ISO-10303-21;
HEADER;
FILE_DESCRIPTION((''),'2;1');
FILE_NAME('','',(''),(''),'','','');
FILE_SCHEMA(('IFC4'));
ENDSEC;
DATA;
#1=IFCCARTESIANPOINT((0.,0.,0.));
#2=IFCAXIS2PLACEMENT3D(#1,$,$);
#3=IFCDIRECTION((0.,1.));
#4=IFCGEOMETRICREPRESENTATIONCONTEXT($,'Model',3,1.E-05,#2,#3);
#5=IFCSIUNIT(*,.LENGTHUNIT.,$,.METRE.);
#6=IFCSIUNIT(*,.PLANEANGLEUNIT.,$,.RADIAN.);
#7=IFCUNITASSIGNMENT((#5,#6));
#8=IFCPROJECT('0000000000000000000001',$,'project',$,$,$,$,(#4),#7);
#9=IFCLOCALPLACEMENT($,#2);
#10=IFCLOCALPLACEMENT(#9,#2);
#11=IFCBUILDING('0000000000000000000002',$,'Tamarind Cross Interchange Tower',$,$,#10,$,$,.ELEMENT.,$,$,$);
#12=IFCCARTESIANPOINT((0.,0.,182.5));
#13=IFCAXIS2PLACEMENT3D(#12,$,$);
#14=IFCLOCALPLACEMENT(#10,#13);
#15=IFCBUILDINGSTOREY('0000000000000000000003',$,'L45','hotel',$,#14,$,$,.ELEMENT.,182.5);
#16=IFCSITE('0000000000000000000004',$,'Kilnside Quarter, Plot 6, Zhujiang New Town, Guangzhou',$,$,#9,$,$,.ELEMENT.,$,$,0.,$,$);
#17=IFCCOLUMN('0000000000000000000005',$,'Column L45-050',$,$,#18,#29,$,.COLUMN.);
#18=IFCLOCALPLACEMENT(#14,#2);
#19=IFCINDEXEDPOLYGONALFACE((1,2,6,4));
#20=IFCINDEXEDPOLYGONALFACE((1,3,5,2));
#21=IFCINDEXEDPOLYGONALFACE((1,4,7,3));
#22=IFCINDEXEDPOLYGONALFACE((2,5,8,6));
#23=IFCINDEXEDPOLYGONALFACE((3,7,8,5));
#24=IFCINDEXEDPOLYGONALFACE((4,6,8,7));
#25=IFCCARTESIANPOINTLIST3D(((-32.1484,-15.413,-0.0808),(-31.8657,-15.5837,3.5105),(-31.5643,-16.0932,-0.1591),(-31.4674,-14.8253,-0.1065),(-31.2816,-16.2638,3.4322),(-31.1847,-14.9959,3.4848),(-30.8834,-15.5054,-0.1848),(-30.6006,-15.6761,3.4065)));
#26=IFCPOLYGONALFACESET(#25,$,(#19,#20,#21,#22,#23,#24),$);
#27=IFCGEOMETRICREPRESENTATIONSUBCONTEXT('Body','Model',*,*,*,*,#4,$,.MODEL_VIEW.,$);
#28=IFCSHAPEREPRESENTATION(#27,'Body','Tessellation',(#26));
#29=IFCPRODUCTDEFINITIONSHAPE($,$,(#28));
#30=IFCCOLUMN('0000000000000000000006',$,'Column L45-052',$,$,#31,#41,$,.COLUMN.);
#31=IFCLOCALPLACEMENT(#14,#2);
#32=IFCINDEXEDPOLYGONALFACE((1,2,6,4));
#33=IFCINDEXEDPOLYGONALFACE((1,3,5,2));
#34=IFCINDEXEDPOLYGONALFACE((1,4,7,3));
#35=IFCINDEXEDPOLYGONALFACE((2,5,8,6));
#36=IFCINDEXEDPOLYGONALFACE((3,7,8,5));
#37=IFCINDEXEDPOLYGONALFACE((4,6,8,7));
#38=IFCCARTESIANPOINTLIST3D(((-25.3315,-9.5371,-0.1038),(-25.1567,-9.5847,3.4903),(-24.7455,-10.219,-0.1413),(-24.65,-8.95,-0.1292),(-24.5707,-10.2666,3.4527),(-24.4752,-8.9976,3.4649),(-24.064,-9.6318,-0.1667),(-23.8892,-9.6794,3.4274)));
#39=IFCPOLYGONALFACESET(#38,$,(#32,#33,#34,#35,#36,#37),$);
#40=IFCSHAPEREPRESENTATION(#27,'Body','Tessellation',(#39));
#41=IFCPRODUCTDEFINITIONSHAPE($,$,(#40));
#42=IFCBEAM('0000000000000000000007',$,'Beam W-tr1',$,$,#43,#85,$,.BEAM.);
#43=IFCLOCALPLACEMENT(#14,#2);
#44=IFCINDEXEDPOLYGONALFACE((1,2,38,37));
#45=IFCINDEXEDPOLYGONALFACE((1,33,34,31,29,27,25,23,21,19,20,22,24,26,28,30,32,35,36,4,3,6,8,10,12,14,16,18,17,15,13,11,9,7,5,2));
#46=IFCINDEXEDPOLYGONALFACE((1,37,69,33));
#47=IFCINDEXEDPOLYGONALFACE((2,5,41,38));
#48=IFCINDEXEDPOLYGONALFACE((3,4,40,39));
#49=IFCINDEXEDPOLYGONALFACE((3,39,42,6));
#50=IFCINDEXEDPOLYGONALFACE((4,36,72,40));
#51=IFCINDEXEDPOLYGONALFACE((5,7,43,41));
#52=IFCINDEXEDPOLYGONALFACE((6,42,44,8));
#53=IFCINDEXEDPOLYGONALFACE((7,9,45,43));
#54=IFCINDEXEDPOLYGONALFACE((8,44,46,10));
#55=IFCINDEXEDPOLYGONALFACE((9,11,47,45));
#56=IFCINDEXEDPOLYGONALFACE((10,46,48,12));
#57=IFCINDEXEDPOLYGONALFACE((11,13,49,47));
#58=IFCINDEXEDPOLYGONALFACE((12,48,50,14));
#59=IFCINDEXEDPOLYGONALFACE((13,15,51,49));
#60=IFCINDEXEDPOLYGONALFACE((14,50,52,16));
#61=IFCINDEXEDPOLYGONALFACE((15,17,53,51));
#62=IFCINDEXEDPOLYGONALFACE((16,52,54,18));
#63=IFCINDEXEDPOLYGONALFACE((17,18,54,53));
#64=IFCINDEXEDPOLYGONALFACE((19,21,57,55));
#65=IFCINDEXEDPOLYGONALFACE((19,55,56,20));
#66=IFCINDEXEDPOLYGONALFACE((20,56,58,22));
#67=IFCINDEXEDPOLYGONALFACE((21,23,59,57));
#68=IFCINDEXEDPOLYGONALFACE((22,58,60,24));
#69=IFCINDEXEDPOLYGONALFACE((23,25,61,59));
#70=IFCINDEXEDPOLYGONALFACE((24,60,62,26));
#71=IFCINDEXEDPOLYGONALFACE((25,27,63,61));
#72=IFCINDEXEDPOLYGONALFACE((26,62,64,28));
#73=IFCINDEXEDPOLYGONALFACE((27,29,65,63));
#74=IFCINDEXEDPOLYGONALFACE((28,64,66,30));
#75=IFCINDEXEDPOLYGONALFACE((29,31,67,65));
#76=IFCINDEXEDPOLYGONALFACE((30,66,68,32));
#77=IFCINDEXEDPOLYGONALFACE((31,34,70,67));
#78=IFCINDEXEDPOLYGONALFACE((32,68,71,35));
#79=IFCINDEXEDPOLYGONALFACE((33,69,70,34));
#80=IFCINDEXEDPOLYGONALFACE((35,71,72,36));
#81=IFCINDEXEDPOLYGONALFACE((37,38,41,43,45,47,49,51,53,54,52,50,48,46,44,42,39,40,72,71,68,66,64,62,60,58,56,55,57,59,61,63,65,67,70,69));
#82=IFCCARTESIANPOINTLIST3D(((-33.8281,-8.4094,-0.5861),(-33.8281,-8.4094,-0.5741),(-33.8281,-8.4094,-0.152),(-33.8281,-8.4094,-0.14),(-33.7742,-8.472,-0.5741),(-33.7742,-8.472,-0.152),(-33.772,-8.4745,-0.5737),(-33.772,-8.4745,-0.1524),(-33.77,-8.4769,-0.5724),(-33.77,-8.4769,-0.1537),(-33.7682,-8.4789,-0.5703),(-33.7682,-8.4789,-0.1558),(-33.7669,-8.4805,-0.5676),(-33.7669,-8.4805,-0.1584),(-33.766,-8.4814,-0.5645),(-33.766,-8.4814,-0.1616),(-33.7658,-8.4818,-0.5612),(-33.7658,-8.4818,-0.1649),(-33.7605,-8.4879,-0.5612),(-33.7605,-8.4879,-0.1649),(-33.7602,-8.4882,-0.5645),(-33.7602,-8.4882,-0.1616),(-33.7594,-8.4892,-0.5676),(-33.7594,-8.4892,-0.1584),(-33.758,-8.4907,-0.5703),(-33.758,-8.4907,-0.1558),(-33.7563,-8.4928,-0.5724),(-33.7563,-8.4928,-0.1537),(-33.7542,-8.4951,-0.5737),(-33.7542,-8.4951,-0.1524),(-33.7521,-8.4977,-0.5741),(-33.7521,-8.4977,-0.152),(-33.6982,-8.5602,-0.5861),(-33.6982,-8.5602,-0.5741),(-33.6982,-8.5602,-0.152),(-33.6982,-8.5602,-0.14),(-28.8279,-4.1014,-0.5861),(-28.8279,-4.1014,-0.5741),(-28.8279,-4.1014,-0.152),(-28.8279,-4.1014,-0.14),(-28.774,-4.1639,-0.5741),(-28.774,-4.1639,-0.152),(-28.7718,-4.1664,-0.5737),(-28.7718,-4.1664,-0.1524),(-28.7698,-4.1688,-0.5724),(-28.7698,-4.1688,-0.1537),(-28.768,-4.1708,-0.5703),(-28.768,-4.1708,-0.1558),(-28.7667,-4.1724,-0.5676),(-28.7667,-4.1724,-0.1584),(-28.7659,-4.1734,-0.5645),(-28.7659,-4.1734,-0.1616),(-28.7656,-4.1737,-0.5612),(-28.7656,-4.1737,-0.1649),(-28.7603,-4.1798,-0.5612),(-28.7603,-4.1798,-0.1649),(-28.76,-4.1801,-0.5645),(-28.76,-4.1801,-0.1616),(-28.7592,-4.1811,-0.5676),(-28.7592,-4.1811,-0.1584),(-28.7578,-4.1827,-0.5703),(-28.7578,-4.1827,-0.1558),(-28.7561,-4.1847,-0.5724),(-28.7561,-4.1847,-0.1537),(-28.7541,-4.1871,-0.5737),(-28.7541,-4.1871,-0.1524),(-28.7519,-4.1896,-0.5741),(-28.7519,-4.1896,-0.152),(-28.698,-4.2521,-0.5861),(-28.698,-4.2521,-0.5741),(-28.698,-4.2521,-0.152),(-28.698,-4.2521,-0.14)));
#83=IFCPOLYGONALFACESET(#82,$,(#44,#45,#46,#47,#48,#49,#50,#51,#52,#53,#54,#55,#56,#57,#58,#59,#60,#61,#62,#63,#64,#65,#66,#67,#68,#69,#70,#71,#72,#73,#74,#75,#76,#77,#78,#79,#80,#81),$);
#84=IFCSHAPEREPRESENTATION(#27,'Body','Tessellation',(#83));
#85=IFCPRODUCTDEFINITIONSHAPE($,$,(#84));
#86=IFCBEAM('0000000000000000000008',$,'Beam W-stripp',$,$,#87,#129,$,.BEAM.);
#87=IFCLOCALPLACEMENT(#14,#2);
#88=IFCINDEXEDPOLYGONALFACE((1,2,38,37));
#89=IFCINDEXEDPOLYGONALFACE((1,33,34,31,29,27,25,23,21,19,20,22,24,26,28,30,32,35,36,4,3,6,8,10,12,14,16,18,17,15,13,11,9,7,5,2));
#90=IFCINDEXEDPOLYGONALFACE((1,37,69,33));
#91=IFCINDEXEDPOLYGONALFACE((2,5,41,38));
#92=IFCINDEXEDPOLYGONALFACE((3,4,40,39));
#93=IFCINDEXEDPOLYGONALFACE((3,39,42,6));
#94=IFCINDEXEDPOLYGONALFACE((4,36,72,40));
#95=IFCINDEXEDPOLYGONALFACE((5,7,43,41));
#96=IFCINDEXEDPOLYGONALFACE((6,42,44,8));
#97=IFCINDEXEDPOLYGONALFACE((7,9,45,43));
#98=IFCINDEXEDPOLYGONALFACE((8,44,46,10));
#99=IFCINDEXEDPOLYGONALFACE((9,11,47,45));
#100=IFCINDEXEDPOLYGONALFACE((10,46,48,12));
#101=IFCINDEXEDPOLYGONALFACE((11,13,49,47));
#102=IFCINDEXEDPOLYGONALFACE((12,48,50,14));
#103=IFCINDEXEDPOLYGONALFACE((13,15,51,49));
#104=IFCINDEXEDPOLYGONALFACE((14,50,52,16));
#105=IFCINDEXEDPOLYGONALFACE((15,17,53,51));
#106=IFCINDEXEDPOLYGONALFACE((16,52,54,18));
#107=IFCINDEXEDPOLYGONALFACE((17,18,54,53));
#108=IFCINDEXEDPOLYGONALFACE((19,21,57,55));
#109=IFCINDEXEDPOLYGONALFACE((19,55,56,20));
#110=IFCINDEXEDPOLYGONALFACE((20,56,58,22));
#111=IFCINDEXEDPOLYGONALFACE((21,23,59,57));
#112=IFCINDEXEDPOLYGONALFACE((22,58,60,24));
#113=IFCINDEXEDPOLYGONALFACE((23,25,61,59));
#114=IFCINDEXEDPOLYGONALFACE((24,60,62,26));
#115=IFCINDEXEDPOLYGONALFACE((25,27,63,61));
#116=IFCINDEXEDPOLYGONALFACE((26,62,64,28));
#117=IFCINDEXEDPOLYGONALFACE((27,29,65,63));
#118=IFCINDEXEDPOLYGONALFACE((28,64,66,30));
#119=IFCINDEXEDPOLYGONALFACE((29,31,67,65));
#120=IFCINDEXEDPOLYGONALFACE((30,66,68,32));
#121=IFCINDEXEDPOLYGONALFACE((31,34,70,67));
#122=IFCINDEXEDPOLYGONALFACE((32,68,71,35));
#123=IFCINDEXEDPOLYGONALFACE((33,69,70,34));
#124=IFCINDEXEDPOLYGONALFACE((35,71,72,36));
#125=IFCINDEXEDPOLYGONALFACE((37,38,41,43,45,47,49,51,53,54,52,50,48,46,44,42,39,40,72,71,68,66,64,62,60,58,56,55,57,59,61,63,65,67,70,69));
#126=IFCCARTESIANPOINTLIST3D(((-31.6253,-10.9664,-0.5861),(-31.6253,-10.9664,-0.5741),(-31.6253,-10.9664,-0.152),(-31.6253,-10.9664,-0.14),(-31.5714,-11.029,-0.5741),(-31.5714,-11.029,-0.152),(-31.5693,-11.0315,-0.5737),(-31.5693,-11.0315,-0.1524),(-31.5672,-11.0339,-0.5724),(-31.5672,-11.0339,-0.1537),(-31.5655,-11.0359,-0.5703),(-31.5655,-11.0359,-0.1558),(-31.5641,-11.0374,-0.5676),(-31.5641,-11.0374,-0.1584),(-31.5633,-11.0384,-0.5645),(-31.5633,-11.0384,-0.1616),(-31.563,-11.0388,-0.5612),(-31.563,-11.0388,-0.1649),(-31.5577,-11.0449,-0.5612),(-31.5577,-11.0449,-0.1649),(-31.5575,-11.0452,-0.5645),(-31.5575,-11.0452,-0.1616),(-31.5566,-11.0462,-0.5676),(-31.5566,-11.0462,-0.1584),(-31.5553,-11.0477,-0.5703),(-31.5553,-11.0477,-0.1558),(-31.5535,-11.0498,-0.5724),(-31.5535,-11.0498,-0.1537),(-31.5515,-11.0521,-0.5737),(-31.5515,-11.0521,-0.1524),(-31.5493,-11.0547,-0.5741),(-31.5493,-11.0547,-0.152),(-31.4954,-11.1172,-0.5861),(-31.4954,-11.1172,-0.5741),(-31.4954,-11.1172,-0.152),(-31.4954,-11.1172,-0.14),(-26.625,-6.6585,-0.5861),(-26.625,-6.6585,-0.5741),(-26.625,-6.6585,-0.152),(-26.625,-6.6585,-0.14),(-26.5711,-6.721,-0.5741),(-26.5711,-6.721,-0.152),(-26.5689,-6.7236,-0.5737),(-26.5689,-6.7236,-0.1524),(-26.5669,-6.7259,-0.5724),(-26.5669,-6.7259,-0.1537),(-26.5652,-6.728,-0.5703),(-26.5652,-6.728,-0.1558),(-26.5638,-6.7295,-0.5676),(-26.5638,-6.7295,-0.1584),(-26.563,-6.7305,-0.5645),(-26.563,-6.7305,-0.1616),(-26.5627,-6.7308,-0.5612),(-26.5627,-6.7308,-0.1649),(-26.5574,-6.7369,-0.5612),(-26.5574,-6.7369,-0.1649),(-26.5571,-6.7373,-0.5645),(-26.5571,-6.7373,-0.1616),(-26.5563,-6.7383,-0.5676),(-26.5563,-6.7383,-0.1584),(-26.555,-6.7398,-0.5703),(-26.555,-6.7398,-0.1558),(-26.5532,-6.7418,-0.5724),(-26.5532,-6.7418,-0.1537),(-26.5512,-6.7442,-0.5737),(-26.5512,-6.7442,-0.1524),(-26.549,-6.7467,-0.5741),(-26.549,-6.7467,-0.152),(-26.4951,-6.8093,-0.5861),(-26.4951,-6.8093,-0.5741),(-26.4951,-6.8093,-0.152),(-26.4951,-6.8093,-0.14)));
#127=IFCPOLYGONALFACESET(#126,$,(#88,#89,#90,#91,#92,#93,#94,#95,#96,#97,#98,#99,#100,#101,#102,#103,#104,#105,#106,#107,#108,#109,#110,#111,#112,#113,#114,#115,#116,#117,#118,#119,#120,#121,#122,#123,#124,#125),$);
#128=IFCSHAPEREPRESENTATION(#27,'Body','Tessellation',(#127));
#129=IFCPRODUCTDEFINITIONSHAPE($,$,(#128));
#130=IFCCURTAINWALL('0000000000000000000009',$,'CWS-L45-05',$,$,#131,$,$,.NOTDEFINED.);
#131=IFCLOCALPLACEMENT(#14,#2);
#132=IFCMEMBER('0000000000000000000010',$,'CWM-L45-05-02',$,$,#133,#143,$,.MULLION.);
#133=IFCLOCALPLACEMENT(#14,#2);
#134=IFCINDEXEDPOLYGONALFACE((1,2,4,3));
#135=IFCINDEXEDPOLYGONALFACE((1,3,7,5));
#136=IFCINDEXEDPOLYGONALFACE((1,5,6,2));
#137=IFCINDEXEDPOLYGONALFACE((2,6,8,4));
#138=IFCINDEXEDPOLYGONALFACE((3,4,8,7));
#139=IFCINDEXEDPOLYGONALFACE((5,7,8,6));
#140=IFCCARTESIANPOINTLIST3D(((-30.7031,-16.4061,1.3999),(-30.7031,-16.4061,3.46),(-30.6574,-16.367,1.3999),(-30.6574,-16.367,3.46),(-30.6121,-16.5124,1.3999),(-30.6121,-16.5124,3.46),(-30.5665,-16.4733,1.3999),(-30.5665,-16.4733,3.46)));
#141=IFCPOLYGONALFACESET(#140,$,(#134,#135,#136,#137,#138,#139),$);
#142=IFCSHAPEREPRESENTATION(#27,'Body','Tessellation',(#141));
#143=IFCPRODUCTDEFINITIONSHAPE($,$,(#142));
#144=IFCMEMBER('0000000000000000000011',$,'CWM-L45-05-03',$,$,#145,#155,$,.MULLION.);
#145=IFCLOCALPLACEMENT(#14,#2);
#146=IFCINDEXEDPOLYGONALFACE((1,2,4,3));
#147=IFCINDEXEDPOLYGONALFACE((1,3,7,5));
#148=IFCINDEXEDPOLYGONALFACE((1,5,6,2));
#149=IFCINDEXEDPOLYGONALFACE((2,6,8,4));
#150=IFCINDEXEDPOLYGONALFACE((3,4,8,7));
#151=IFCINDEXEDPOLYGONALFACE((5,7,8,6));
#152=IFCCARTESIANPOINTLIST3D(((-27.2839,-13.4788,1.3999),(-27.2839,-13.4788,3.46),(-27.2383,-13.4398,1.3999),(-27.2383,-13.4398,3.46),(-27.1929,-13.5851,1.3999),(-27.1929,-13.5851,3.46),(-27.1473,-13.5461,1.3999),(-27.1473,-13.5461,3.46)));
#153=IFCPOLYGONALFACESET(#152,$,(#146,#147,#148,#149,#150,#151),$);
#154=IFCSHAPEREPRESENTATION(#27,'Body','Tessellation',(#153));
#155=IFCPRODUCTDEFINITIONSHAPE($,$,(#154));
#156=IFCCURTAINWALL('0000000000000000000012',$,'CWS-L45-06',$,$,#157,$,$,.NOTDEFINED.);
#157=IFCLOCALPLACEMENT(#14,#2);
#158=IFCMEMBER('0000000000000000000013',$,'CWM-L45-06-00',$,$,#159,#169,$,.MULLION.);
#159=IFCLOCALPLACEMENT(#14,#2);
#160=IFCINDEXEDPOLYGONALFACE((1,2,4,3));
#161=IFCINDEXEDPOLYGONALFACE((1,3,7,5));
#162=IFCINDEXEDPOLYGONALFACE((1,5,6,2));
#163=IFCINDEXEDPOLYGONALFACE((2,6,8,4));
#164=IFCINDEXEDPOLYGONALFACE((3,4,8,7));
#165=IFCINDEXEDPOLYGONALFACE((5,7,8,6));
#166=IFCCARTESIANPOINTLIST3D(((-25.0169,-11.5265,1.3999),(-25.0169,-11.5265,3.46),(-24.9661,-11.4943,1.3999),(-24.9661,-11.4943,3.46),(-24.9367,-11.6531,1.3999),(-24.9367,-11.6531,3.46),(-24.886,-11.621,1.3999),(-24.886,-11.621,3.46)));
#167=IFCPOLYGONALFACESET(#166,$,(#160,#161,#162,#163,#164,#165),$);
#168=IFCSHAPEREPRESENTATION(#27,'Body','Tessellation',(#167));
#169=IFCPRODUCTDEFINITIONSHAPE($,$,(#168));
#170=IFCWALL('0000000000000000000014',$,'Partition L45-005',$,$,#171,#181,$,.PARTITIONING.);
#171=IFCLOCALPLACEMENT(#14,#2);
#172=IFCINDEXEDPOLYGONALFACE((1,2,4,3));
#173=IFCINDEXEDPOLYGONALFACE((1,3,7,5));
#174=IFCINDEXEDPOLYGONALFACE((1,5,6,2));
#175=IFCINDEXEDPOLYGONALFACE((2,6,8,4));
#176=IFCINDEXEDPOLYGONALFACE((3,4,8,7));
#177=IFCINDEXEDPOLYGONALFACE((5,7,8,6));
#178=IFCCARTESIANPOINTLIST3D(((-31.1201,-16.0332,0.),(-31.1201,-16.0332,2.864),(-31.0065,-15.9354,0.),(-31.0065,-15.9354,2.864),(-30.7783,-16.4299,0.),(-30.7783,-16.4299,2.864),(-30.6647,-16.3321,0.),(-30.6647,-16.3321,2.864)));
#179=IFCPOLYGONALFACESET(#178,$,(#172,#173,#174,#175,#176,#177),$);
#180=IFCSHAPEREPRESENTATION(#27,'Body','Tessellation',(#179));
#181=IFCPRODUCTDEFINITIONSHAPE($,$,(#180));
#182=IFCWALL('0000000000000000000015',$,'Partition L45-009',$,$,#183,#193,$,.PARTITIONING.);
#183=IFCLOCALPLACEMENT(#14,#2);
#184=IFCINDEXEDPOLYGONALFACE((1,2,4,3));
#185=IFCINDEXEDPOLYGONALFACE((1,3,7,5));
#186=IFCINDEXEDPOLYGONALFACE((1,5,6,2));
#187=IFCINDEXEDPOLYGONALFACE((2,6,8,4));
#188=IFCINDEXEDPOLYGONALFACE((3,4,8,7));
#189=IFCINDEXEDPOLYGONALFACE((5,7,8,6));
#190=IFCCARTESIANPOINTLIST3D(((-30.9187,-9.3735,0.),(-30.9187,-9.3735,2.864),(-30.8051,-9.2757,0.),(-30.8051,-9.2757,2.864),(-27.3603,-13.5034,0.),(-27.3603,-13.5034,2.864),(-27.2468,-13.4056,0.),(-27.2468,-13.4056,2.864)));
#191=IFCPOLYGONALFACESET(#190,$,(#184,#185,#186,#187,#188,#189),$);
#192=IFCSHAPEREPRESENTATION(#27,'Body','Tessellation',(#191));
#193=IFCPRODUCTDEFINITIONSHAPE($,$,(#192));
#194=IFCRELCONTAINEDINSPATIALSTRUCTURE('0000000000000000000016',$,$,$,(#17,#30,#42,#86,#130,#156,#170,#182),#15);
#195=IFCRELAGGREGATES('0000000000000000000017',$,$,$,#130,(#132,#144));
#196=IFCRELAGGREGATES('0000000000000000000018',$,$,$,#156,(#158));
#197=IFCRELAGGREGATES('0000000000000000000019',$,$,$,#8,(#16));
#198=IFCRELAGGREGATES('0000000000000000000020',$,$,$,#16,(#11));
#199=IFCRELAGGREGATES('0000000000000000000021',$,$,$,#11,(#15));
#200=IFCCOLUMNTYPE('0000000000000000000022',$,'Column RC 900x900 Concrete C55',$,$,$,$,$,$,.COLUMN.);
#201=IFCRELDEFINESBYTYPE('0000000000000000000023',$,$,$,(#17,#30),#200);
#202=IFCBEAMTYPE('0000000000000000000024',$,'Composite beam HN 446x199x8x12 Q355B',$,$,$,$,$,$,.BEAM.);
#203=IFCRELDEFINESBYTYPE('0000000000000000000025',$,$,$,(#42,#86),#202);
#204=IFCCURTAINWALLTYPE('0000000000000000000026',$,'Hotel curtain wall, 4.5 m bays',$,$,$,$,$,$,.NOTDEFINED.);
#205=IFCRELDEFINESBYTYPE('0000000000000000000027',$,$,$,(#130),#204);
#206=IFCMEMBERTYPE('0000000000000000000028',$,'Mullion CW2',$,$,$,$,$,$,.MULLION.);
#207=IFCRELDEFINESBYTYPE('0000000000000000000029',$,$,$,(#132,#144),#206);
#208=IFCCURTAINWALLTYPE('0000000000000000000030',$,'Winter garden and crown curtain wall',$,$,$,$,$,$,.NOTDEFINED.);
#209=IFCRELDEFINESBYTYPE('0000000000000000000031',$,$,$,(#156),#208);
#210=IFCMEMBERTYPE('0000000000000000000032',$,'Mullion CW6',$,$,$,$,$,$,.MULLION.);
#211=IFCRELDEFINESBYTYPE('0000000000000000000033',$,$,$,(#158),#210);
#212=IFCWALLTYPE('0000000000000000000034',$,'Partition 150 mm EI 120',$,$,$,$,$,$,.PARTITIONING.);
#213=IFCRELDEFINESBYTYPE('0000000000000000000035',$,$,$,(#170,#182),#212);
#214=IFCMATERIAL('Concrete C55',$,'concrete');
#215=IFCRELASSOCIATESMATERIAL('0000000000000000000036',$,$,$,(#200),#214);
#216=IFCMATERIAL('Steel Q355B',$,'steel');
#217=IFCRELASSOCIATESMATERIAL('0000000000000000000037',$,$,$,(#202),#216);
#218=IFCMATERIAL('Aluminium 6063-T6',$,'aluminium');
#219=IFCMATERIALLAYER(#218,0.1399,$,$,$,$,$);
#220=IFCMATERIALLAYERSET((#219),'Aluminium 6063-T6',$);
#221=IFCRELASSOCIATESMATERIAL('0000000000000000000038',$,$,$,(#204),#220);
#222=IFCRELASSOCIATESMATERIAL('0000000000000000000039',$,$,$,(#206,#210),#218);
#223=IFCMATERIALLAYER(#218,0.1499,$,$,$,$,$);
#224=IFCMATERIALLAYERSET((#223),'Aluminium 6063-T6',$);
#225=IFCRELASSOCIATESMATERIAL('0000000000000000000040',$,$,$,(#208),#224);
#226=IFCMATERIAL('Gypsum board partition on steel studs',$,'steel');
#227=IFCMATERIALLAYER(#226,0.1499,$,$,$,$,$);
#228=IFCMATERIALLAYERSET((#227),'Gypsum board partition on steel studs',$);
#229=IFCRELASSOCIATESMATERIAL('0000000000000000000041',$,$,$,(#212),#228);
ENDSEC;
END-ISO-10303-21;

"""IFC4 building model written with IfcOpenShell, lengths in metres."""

from ifc_helpers import new_model, si_unit, direction, frame, frame_2d, origin, origin_2d, place, context, subcontext, project, spatial, rectangle, i_section, extrude, material, layer, layer_set, material_profile, profile_set, type_object, element, aggregate, save


model = new_model("IFC4")

# Units and contexts
model_context = context("Model", 3, precision=1e-05, world=origin(), true_north=direction((0.0, 1.0)))
body_context = subcontext(model_context, "Body", "Model", "MODEL_VIEW")
ifc_project = project(units=[si_unit("LENGTHUNIT", "METRE"), si_unit("PLANEANGLEUNIT", "RADIAN")], contexts=[model_context])

# Site, building, storey
site_placement = place(None, origin())
site = spatial("IfcSite", under=ifc_project, at=site_placement, Name="Kilnside Quarter, Plot 6, Zhujiang New Town, Guangzhou", CompositionType="ELEMENT", RefElevation=0.0)
building_placement = place(site_placement, origin())
building = spatial("IfcBuilding", under=site, at=building_placement, Name="Tamarind Cross Interchange Tower", CompositionType="ELEMENT")
storey_placement = place(building_placement, frame((0.0, 0.0, 182.5)))
storey = spatial("IfcBuildingStorey", under=building, at=storey_placement, Name="L45", Description="hotel", CompositionType="ELEMENT", Elevation=182.5)

# Columns
ifc_material_1 = material(Name="Concrete C55", Category="concrete")
ifc_material_profile_1 = material_profile(ifc_material_1, rectangle(XDim=0.8999, YDim=0.8999, at=origin_2d()), Name="RC 900x900")
ifc_profile_set_1 = profile_set([ifc_material_profile_1], Name="Concrete C55")
column_type = type_object("IfcColumnType", Name="Column RC 900x900 Concrete C55", PredefinedType="COLUMN", material=ifc_profile_set_1)
column_1_placement = place(storey_placement, frame((-31.5159, -15.4592, -0.1328), z_axis=(0.078391, -0.047319, 0.995799), x_axis=(-0.64901, 0.755789, 0.087005)))
element("IfcColumn", 1, at=column_1_placement, inside=storey, type_object=column_type, Name="Column L45-050", PredefinedType="COLUMN", context=body_context, shape_type="SweptSolid", body=[
    extrude(rectangle(XDim=0.8999, YDim=0.8999, at=origin_2d()), origin(), (0.0, 0.0, 1.0), 3.6064),
])
column_2_placement = place(storey_placement, frame((-24.6978, -9.5845, -0.1353), z_axis=(0.048576, -0.01323, 0.998732), x_axis=(-0.651248, 0.757718, 0.041712)))
element("IfcColumn", 2, at=column_2_placement, inside=storey, type_object=column_type, Name="Column L45-052", PredefinedType="COLUMN", context=body_context, shape_type="SweptSolid", body=[
    extrude(rectangle(XDim=0.8999, YDim=0.8999, at=origin_2d()), origin(), (0.0, 0.0, 1.0), 3.5986),
])

# Beams
ifc_material_2 = material(Name="Steel Q355B", Category="steel")
ifc_material_profile_2 = material_profile(ifc_material_2, i_section(OverallWidth=0.199, OverallDepth=0.446, WebThickness=0.0081, FlangeThickness=0.012, FilletRadius=0.0129, at=origin_2d()), Name="HN 446x199x8x12")
ifc_profile_set_2 = profile_set([ifc_material_profile_2], Name="Steel Q355B")
beam_type = type_object("IfcBeamType", Name="Composite beam HN 446x199x8x12 Q355B", PredefinedType="BEAM", material=ifc_profile_set_2)
for number, where, z_axis, x_axis, name in (
    (3, (-28.7629, -4.1768, -0.363), (-0.757593, -0.652727, 0.0), (0.652727, -0.757593, 0.0), "Beam W-tr1"),
    (4, (-26.5601, -6.7339, -0.363), (-0.757612, -0.652705, 0.0), (0.652705, -0.757612, 0.0), "Beam W-stripp"),
):
    element("IfcBeam", number, at=place(storey_placement, frame(where, z_axis=z_axis, x_axis=x_axis)), inside=storey, type_object=beam_type, Name=name, PredefinedType="BEAM", context=body_context, shape_type="SweptSolid", body=[
        extrude(i_section(OverallWidth=0.199, OverallDepth=0.446, WebThickness=0.0081, FlangeThickness=0.012, FilletRadius=0.0129, at=origin_2d()), origin(), (0.0, 0.0, 1.0), 6.6001),
    ])

# Curtain wall, members
ifc_material_3 = material(Name="Aluminium 6063-T6", Category="aluminium")
ifc_layer_1 = layer(ifc_material_3, 0.1399)
ifc_layer_set_1 = layer_set([ifc_layer_1], Name="Aluminium 6063-T6")
curtain_wall_type_1 = type_object("IfcCurtainWallType", Name="Hotel curtain wall, 4.5 m bays", PredefinedType="NOTDEFINED", material=ifc_layer_set_1)
curtain_wall_1_placement = place(storey_placement, origin())
curtain_wall_1 = element("IfcCurtainWall", 5, at=curtain_wall_1_placement, inside=storey, type_object=curtain_wall_type_1, Name="CWS-L45-05", PredefinedType="NOTDEFINED")
ifc_material_profile_3 = material_profile(ifc_material_3, rectangle(XDim=0.0601, YDim=0.1399, at=origin_2d()), Name="Mullion CW2")
ifc_profile_set_3 = profile_set([ifc_material_profile_3], Name="Aluminium 6063-T6")
member_type_1 = type_object("IfcMemberType", Name="Mullion CW2", PredefinedType="MULLION", material=ifc_profile_set_3)
member_1_placement = place(storey_placement, frame((-30.6348, -16.4397, 1.3999), z_axis=(0.0, 0.0, 1.0), x_axis=(0.759628, 0.650358, 0.0)))
member_1 = element("IfcMember", 6, at=member_1_placement, type_object=member_type_1, Name="CWM-L45-05-02", PredefinedType="MULLION", context=body_context, shape_type="SweptSolid", body=[
    extrude(rectangle(XDim=0.0601, YDim=0.1399, at=origin_2d()), origin(), (0.0, 0.0, 1.0), 2.0601),
])
member_2_placement = place(storey_placement, frame((-27.2156, -13.5125, 1.3999), z_axis=(0.0, 0.0, 1.0), x_axis=(0.759628, 0.650358, 0.0)))
member_2 = element("IfcMember", 7, at=member_2_placement, type_object=member_type_1, Name="CWM-L45-05-03", PredefinedType="MULLION", context=body_context, shape_type="SweptSolid", body=[
    extrude(rectangle(XDim=0.0601, YDim=0.1399, at=origin_2d()), origin(), (0.0, 0.0, 1.0), 2.0601),
])
aggregate(curtain_wall_1, [member_1, member_2])

# Curtain wall, member
ifc_layer_2 = layer(ifc_material_3, 0.1499)
ifc_layer_set_2 = layer_set([ifc_layer_2], Name="Aluminium 6063-T6")
curtain_wall_type_2 = type_object("IfcCurtainWallType", Name="Winter garden and crown curtain wall", PredefinedType="NOTDEFINED", material=ifc_layer_set_2)
curtain_wall_2_placement = place(storey_placement, origin())
curtain_wall_2 = element("IfcCurtainWall", 8, at=curtain_wall_2_placement, inside=storey, type_object=curtain_wall_type_2, Name="CWS-L45-06", PredefinedType="NOTDEFINED")
ifc_material_profile_4 = material_profile(ifc_material_3, rectangle(XDim=0.0601, YDim=0.1499, at=origin_2d()), Name="Mullion CW6")
ifc_profile_set_4 = profile_set([ifc_material_profile_4], Name="Aluminium 6063-T6")
member_type_2 = type_object("IfcMemberType", Name="Mullion CW6", PredefinedType="MULLION", material=ifc_profile_set_4)
member_3_placement = place(storey_placement, frame((-24.9514, -11.5737, 1.3999), z_axis=(0.0, 0.0, 1.0), x_axis=(0.845, 0.534767, 0.0)))
member_3 = element("IfcMember", 9, at=member_3_placement, type_object=member_type_2, Name="CWM-L45-06-00", PredefinedType="MULLION", context=body_context, shape_type="SweptSolid", body=[
    extrude(rectangle(XDim=0.0601, YDim=0.1499, at=origin_2d()), origin(), (0.0, 0.0, 1.0), 2.0601),
])
aggregate(curtain_wall_2, [member_3])

# Walls
ifc_material_4 = material(Name="Gypsum board partition on steel studs", Category="steel")
ifc_layer_3 = layer(ifc_material_4, 0.1499)
ifc_layer_set_3 = layer_set([ifc_layer_3], Name="Gypsum board partition on steel studs")
wall_type = type_object("IfcWallType", Name="Partition 150 mm EI 120", PredefinedType="PARTITIONING", material=ifc_layer_set_3)
wall_1_placement = place(storey_placement, frame((-31.0632, -15.9844, 0.0), z_axis=(0.0, 0.0, 1.0), x_axis=(0.652709, -0.757609, 0.0)))
element("IfcWall", 10, at=wall_1_placement, inside=storey, type_object=wall_type, Name="Partition L45-005", PredefinedType="PARTITIONING", context=body_context, shape_type="SweptSolid", body=[
    extrude(rectangle(XDim=0.5237, YDim=0.1499, at=frame_2d((0.2617, 0.0))), origin(), (0.0, 0.0, 1.0), 2.864),
])
wall_2_placement = place(storey_placement, frame((-30.8618, -9.3247, 0.0), z_axis=(0.0, 0.0, 1.0), x_axis=(0.65274, -0.757582, 0.0)))
element("IfcWall", 11, at=wall_2_placement, inside=storey, type_object=wall_type, Name="Partition L45-009", PredefinedType="PARTITIONING", context=body_context, shape_type="SweptSolid", body=[
    extrude(rectangle(XDim=5.4514, YDim=0.1499, at=frame_2d((2.7256, 0.0))), origin(), (0.0, 0.0, 1.0), 2.864),
])

save(model, "model.ifc")
